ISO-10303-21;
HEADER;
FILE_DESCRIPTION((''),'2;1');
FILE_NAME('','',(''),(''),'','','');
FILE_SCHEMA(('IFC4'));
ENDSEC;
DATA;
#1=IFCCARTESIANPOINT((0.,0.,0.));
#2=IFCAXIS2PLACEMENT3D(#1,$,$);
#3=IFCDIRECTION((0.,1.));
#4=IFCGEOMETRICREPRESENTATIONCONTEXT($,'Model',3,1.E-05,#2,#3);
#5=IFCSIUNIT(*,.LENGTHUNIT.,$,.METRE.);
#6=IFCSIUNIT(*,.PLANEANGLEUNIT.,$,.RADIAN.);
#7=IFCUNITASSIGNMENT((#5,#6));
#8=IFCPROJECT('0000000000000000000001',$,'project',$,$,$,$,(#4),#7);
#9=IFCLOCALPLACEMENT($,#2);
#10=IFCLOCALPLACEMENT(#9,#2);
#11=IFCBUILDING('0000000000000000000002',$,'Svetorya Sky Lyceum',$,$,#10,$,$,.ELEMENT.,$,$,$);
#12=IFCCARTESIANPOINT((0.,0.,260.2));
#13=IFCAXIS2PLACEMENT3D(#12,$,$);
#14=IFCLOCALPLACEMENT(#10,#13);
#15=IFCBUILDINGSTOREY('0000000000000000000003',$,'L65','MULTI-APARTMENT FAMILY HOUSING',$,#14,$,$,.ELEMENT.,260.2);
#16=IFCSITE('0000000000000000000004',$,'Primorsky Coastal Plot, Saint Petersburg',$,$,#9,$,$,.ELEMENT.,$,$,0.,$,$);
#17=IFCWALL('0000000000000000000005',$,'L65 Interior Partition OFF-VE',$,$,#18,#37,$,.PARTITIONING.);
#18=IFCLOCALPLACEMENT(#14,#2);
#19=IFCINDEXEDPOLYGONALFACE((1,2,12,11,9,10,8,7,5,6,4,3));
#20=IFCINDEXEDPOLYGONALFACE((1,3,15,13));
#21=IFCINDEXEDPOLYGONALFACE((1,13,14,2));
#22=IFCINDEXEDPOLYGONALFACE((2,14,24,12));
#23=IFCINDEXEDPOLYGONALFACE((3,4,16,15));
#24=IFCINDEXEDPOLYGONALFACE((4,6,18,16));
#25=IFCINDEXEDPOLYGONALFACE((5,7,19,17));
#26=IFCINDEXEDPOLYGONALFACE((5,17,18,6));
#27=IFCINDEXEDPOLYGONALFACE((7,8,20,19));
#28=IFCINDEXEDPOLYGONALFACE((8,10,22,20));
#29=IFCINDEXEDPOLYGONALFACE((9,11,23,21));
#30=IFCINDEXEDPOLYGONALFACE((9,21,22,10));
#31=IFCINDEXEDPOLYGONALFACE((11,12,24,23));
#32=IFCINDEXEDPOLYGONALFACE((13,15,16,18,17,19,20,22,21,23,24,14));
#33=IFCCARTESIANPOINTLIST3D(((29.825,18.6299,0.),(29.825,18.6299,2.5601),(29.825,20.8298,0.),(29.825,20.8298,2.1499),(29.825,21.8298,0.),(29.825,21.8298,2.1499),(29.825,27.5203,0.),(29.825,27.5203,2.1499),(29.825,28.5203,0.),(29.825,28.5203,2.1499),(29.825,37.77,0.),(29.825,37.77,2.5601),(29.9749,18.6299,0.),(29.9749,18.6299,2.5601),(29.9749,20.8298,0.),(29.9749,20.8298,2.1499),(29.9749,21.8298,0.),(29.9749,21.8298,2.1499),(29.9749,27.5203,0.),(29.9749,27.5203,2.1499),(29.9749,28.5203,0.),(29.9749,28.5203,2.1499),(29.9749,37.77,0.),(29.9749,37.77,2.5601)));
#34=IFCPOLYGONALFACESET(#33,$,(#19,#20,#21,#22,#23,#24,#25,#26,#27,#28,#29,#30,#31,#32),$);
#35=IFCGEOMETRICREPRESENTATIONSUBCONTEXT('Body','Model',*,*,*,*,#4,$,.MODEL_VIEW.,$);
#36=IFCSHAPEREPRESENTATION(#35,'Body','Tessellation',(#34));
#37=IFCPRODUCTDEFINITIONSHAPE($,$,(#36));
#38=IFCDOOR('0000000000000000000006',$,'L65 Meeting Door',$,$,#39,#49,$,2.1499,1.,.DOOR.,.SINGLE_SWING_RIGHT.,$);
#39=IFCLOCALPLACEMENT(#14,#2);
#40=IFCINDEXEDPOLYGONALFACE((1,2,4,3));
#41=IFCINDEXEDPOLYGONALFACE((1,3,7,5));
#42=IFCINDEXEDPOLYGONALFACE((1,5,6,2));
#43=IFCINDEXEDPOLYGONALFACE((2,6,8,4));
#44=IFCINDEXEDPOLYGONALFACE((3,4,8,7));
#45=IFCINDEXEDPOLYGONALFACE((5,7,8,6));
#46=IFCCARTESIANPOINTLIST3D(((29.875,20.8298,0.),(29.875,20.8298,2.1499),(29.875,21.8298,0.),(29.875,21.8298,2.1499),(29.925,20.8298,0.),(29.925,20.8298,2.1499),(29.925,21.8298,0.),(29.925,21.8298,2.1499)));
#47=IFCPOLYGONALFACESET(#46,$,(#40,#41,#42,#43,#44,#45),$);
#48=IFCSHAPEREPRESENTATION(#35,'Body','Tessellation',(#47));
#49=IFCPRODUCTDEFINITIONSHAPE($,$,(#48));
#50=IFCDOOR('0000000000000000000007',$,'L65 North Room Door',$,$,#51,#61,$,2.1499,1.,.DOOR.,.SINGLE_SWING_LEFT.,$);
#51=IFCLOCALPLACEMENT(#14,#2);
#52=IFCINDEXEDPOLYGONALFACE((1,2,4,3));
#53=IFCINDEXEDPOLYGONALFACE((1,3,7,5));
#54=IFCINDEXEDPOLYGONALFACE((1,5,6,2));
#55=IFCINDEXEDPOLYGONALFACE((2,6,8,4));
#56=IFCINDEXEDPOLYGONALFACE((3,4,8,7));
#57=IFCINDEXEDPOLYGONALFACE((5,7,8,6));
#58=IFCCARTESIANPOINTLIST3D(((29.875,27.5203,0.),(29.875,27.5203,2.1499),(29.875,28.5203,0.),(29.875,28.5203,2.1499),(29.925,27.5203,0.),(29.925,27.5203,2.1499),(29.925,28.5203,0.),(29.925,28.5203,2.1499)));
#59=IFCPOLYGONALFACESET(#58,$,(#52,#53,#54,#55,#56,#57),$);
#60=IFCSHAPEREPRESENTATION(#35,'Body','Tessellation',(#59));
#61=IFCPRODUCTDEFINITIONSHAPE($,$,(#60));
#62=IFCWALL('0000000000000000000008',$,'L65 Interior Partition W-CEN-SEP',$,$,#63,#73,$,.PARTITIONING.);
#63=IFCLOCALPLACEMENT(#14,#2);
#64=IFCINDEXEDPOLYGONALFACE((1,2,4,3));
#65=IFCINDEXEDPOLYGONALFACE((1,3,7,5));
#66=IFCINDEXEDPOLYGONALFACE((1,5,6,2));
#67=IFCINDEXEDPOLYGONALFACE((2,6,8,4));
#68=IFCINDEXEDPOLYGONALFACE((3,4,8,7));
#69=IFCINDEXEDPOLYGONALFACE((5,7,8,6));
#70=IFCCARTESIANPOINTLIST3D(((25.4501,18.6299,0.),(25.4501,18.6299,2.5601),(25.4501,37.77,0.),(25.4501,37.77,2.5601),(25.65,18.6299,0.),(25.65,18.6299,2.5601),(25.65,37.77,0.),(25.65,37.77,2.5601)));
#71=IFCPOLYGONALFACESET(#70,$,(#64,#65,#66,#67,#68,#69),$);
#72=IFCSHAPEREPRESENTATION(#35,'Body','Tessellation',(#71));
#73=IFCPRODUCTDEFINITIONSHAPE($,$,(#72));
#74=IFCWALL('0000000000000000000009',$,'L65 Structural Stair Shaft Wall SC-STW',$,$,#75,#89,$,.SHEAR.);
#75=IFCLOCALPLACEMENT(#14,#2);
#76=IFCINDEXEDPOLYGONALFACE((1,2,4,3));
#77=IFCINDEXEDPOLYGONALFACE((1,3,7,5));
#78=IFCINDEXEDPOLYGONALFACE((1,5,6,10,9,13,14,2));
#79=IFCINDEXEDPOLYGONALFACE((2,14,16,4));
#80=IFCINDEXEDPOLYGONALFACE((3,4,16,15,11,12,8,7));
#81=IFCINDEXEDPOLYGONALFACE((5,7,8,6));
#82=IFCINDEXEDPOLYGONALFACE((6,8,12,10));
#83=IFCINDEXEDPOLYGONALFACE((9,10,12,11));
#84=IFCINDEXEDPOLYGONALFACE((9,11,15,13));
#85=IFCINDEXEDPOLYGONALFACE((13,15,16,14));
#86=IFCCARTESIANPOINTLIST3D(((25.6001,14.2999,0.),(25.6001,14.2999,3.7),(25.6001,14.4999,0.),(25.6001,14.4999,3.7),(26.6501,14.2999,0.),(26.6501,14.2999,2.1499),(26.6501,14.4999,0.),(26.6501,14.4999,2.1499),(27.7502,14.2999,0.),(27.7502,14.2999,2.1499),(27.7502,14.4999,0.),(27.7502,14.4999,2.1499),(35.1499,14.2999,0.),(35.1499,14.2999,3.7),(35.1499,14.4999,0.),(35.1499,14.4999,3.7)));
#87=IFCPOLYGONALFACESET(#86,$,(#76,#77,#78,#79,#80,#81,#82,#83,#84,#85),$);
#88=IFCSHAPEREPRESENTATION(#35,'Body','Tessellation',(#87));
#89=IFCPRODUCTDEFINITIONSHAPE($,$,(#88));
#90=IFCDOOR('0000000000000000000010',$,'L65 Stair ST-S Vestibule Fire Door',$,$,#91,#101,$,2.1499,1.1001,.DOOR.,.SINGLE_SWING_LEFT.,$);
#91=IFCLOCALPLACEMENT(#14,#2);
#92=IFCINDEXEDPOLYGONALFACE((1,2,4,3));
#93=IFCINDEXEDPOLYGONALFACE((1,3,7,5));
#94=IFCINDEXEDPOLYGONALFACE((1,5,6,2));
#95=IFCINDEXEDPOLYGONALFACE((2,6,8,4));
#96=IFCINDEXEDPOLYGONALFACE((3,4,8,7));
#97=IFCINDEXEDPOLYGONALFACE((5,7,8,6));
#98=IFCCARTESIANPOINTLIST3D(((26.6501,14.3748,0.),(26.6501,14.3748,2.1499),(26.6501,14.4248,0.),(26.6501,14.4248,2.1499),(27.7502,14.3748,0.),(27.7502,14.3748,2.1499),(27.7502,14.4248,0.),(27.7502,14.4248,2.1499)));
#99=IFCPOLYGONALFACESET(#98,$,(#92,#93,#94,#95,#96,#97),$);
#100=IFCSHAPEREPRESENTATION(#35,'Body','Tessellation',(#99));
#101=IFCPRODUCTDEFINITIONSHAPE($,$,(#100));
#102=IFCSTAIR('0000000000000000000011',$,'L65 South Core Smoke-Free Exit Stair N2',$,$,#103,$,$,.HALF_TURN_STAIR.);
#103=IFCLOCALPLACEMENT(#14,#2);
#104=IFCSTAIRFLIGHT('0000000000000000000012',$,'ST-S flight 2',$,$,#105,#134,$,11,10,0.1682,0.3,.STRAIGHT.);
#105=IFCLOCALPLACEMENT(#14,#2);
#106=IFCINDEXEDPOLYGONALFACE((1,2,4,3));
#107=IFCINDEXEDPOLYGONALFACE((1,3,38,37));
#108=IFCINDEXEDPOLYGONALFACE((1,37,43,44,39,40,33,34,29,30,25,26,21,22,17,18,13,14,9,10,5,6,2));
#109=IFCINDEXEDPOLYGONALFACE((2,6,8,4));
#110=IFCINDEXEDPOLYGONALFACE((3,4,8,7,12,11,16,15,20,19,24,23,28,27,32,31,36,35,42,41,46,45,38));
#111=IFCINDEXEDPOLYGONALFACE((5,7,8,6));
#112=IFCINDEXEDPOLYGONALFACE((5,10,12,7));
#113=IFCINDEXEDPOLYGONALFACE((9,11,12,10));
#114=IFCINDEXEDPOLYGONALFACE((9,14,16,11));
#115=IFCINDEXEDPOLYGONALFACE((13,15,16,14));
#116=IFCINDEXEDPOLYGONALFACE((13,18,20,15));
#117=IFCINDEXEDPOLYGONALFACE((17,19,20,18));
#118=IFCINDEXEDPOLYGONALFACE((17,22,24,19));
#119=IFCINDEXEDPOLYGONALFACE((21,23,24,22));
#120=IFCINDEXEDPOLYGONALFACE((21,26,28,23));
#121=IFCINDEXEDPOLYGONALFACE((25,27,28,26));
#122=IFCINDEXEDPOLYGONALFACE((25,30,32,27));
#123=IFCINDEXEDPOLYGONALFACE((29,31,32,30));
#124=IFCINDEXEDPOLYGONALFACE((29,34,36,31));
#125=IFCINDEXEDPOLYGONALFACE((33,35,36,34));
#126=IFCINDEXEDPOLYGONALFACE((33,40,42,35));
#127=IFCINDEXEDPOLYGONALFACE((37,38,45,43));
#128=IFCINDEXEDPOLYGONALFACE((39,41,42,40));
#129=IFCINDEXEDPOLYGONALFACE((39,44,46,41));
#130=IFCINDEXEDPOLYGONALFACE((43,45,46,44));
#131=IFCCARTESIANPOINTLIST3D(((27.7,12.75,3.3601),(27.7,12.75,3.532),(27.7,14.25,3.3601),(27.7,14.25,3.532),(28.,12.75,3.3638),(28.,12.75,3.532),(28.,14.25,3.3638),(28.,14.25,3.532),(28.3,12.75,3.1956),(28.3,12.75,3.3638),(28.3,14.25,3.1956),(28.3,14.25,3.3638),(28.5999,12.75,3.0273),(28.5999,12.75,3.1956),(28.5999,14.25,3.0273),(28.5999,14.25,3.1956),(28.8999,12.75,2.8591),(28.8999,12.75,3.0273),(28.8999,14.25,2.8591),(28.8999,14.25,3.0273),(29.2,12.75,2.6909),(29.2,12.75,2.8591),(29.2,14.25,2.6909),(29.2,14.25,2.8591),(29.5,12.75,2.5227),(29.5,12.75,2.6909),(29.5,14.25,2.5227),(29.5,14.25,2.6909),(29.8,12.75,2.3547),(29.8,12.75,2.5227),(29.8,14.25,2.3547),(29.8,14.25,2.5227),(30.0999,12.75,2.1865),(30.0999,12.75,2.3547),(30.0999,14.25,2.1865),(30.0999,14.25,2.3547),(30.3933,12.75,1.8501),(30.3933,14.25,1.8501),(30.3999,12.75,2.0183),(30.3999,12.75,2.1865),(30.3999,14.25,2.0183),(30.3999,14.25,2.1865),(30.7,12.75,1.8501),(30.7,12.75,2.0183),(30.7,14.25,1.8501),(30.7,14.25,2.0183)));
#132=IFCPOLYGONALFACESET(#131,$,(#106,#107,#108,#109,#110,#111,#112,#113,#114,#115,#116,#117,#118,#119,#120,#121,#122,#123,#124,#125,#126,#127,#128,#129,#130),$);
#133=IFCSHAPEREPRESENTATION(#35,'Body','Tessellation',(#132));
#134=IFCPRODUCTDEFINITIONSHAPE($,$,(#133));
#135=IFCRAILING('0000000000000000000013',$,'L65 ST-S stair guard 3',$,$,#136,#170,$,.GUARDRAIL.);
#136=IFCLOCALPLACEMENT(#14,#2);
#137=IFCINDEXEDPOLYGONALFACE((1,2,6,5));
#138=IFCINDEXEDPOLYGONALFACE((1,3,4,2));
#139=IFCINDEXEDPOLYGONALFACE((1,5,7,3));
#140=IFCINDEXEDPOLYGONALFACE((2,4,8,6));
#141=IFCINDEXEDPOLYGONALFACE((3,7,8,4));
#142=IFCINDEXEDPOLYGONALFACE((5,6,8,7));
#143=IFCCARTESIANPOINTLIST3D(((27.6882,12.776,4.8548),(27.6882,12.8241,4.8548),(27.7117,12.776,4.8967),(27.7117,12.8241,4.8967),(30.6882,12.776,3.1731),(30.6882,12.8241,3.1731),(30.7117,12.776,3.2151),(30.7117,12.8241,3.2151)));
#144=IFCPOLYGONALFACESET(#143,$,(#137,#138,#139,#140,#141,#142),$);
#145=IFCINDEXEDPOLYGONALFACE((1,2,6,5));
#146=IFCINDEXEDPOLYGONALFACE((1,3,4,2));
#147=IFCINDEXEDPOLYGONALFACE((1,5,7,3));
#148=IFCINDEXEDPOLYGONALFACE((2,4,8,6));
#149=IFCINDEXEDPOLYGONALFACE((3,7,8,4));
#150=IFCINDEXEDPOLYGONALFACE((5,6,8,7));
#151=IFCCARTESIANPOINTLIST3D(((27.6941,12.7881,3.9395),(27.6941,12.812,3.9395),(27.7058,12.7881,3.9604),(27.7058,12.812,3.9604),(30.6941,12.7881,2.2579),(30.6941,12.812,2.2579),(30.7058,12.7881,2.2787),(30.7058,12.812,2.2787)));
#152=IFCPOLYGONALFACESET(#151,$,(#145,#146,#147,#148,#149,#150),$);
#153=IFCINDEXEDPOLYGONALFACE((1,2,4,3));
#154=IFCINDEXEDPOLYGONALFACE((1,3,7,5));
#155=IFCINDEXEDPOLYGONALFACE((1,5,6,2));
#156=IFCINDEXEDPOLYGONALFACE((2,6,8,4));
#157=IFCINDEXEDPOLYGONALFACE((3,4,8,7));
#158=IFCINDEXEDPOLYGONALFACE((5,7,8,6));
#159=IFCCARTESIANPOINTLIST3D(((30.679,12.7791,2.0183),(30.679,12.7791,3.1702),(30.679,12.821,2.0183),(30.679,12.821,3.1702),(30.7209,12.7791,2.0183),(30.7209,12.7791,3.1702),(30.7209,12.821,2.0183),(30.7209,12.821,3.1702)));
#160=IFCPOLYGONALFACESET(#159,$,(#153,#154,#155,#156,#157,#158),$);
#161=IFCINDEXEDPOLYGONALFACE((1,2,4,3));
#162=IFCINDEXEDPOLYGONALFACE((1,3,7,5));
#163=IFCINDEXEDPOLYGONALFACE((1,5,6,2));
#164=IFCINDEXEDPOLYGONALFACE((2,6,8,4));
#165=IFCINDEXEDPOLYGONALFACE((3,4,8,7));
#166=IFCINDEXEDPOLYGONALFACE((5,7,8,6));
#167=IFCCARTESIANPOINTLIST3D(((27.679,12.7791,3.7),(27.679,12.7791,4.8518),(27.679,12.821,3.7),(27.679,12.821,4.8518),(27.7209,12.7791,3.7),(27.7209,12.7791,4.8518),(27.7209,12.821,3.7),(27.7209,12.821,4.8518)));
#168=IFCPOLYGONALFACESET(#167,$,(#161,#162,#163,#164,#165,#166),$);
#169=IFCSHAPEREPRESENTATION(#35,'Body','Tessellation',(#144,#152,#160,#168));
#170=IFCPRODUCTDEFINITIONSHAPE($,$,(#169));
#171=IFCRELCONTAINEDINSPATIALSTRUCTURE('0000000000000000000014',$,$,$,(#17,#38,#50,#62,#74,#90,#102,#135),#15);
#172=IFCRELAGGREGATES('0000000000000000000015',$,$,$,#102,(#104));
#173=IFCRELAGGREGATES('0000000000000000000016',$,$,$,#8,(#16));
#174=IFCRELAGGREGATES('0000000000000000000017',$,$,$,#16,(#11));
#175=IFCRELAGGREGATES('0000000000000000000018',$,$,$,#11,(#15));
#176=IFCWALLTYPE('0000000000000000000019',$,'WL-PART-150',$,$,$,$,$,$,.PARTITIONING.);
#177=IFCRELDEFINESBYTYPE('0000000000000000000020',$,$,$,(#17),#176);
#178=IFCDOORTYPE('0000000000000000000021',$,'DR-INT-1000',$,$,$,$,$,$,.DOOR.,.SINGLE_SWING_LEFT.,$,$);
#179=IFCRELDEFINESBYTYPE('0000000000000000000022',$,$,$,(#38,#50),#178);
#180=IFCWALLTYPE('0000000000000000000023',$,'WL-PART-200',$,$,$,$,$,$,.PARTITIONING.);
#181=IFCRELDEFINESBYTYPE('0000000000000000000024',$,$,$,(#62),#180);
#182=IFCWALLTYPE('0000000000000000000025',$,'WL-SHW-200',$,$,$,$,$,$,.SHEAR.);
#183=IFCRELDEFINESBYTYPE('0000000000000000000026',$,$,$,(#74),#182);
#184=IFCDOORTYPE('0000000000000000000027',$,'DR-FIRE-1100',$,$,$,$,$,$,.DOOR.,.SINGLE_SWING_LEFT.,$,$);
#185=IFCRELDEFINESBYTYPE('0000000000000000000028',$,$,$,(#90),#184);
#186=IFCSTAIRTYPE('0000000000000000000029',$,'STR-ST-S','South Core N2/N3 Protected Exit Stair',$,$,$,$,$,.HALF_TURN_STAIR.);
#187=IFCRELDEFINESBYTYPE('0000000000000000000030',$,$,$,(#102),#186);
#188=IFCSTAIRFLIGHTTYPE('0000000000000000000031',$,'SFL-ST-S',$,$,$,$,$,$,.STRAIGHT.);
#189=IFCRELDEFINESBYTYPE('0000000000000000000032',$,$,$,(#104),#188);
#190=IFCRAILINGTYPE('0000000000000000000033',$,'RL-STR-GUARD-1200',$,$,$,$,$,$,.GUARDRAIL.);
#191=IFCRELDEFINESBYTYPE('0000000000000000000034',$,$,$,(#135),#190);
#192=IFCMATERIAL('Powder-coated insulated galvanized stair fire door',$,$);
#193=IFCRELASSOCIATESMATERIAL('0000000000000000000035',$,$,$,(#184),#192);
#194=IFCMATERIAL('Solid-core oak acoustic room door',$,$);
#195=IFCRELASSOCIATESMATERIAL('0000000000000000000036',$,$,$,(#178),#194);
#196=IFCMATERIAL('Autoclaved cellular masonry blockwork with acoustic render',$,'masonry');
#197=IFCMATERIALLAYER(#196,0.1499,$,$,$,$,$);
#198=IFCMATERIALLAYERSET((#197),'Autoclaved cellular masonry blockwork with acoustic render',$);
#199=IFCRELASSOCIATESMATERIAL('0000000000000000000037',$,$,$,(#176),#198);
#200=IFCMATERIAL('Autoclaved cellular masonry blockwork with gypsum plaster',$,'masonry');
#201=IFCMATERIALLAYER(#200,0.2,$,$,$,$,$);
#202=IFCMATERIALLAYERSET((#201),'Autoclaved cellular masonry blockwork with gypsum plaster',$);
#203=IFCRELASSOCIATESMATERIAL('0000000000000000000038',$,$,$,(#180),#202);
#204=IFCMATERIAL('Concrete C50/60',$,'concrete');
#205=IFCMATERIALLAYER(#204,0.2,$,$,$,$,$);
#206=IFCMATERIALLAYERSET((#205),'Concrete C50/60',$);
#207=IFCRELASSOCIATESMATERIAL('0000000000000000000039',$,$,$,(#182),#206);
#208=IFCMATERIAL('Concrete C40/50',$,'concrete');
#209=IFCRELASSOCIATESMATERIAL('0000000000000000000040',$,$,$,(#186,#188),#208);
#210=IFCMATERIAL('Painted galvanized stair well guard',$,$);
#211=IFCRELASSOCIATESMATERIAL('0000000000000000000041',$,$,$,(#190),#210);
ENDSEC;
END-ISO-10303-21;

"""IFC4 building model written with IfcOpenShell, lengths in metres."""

from ifc_helpers import new_model, si_unit, direction, frame, frame_2d, origin, origin_2d, place, context, subcontext, project, spatial, polyline, rectangle, outline, extrude, material, layer, layer_set, type_object, element, fill, aggregate, save


model = new_model("IFC4")

# Units and contexts
model_context = context("Model", 3, precision=1e-05, world=origin(), true_north=direction((0.0, 1.0)))
body_context = subcontext(model_context, "Body", "Model", "MODEL_VIEW")
ifc_project = project(units=[si_unit("LENGTHUNIT", "METRE"), si_unit("PLANEANGLEUNIT", "RADIAN")], contexts=[model_context])

# Site, building, storey
site_placement = place(None, origin())
site = spatial("IfcSite", under=ifc_project, at=site_placement, Name="Primorsky Coastal Plot, Saint Petersburg", CompositionType="ELEMENT", RefElevation=0.0)
building_placement = place(site_placement, origin())
building = spatial("IfcBuilding", under=site, at=building_placement, Name="Svetorya Sky Lyceum", CompositionType="ELEMENT")
storey_placement = place(building_placement, frame((0.0, 0.0, 260.2)))
storey = spatial("IfcBuildingStorey", under=building, at=storey_placement, Name="L65", Description="MULTI-APARTMENT FAMILY HOUSING", CompositionType="ELEMENT", Elevation=260.2)

# Shared definitions
ifc_material_1 = material(Name="Concrete C40/50", Category="concrete")

# Shared definitions
ifc_material_2 = material(Name="Concrete C50/60", Category="concrete")
ifc_material_3 = material(Name="Powder-coated insulated galvanized stair fire door")
door_type_1 = type_object("IfcDoorType", Name="DR-FIRE-1100", OperationType="SINGLE_SWING_LEFT", PredefinedType="DOOR", material=ifc_material_3)
ifc_material_4 = material(Name="Solid-core oak acoustic room door")
door_type_2 = type_object("IfcDoorType", Name="DR-INT-1000", OperationType="SINGLE_SWING_LEFT", PredefinedType="DOOR", material=ifc_material_4)

# Shared definitions
ifc_material_5 = material(Name="Autoclaved cellular masonry blockwork with acoustic render", Category="masonry")
ifc_layer_1 = layer(ifc_material_5, 0.1499)
ifc_layer_set_1 = layer_set([ifc_layer_1], Name="Autoclaved cellular masonry blockwork with acoustic render")
wall_type_1 = type_object("IfcWallType", Name="WL-PART-150", PredefinedType="PARTITIONING", material=ifc_layer_set_1)

# Wall, openings, doors
wall_1_placement = place(storey_placement, frame((29.8999, 18.6299, 0.0), z_axis=(0.0, 0.0, 1.0), x_axis=(0.0, 1.0, 0.0)))
wall_1 = element("IfcWall", 1, at=wall_1_placement, inside=storey, type_object=wall_type_1, Name="L65 Interior Partition OFF-VE", PredefinedType="PARTITIONING", context=body_context, shape_type="SweptSolid", body=[
    extrude(rectangle(XDim=19.1401, YDim=0.1499, at=frame_2d((9.5701, 0.0))), origin(), (0.0, 0.0, 1.0), 2.5601),
])
opening_1_placement = place(wall_1_placement, frame((2.2, 0.0, 0.0)))
opening_1 = element("IfcOpeningElement", 2, at=opening_1_placement, cuts=wall_1, PredefinedType="OPENING", context=body_context, shape_type="SweptSolid", body=[
    extrude(rectangle(XDim=1.0, YDim=2.1499, at=frame_2d((0.5, 1.075))), frame((0.0, 0.085, 0.0), z_axis=(0.0, -1.0, 0.0), x_axis=(1.0, 0.0, 0.0)), (0.0, 0.0, 1.0), 0.1699),
])
opening_2_placement = place(wall_1_placement, frame((8.8904, 0.0, 0.0)))
opening_2 = element("IfcOpeningElement", 3, at=opening_2_placement, cuts=wall_1, PredefinedType="OPENING", context=body_context, shape_type="SweptSolid", body=[
    extrude(rectangle(XDim=1.0, YDim=2.1499, at=frame_2d((0.5, 1.075))), frame((0.0, 0.085, 0.0), z_axis=(0.0, -1.0, 0.0), x_axis=(1.0, 0.0, 0.0)), (0.0, 0.0, 1.0), 0.1699),
])
door_1_placement = place(opening_1_placement, origin())
door_1 = element("IfcDoor", 4, at=door_1_placement, inside=storey, type_object=door_type_2, Name="L65 Meeting Door", OperationType="SINGLE_SWING_RIGHT", OverallHeight=2.1499, OverallWidth=1.0, PredefinedType="DOOR", context=body_context, shape_type="SweptSolid", body=[
    extrude(rectangle(XDim=1.0, YDim=2.1499, at=frame_2d((0.5, 1.075))), frame((0.0, 0.0249, 0.0), z_axis=(0.0, -1.0, 0.0), x_axis=(1.0, 0.0, 0.0)), (0.0, 0.0, 1.0), 0.05),
])
fill(opening_1, door_1)
door_2_placement = place(opening_2_placement, origin())
door_2 = element("IfcDoor", 5, at=door_2_placement, inside=storey, type_object=door_type_2, Name="L65 North Room Door", OperationType="SINGLE_SWING_LEFT", OverallHeight=2.1499, OverallWidth=1.0, PredefinedType="DOOR", context=body_context, shape_type="SweptSolid", body=[
    extrude(rectangle(XDim=1.0, YDim=2.1499, at=frame_2d((0.5, 1.075))), frame((0.0, 0.0249, 0.0), z_axis=(0.0, -1.0, 0.0), x_axis=(1.0, 0.0, 0.0)), (0.0, 0.0, 1.0), 0.05),
])
fill(opening_2, door_2)

# Wall
ifc_material_6 = material(Name="Autoclaved cellular masonry blockwork with gypsum plaster", Category="masonry")
ifc_layer_2 = layer(ifc_material_6, 0.2)
ifc_layer_set_2 = layer_set([ifc_layer_2], Name="Autoclaved cellular masonry blockwork with gypsum plaster")
wall_type_2 = type_object("IfcWallType", Name="WL-PART-200", PredefinedType="PARTITIONING", material=ifc_layer_set_2)
wall_2_placement = place(storey_placement, frame((25.55, 18.6299, 0.0), z_axis=(0.0, 0.0, 1.0), x_axis=(0.0, 1.0, 0.0)))
element("IfcWall", 6, at=wall_2_placement, inside=storey, type_object=wall_type_2, Name="L65 Interior Partition W-CEN-SEP", PredefinedType="PARTITIONING", context=body_context, shape_type="SweptSolid", body=[
    extrude(rectangle(XDim=19.1401, YDim=0.2, at=frame_2d((9.5701, 0.0))), origin(), (0.0, 0.0, 1.0), 2.5601),
])

# Wall, opening, door
ifc_layer_3 = layer(ifc_material_2, 0.2)
ifc_layer_set_3 = layer_set([ifc_layer_3], Name="Concrete C50/60")
wall_type_3 = type_object("IfcWallType", Name="WL-SHW-200", PredefinedType="SHEAR", material=ifc_layer_set_3)
wall_3_placement = place(storey_placement, frame((25.6001, 14.3999, 0.0), z_axis=(0.0, 0.0, 1.0), x_axis=(1.0, 0.0, 0.0)))
wall_3 = element("IfcWall", 7, at=wall_3_placement, inside=storey, type_object=wall_type_3, Name="L65 Structural Stair Shaft Wall SC-STW", PredefinedType="SHEAR", context=body_context, shape_type="SweptSolid", body=[
    extrude(rectangle(XDim=9.5498, YDim=0.2, at=frame_2d((4.7749, 0.0))), origin(), (0.0, 0.0, 1.0), 3.7),
])
opening_3_placement = place(wall_3_placement, frame((1.05, 0.0, 0.0)))
opening_3 = element("IfcOpeningElement", 8, at=opening_3_placement, cuts=wall_3, PredefinedType="OPENING", context=body_context, shape_type="SweptSolid", body=[
    extrude(rectangle(XDim=1.1001, YDim=2.1499, at=frame_2d((0.55, 1.075))), frame((0.0, 0.1099, 0.0), z_axis=(0.0, -1.0, 0.0), x_axis=(1.0, 0.0, 0.0)), (0.0, 0.0, 1.0), 0.22),
])
door_3_placement = place(opening_3_placement, origin())
door_3 = element("IfcDoor", 9, at=door_3_placement, inside=storey, type_object=door_type_1, Name="L65 Stair ST-S Vestibule Fire Door", OperationType="SINGLE_SWING_LEFT", OverallHeight=2.1499, OverallWidth=1.1001, PredefinedType="DOOR", context=body_context, shape_type="SweptSolid", body=[
    extrude(rectangle(XDim=1.1001, YDim=2.1499, at=frame_2d((0.55, 1.075))), frame((0.0, 0.0249, 0.0), z_axis=(0.0, -1.0, 0.0), x_axis=(1.0, 0.0, 0.0)), (0.0, 0.0, 1.0), 0.05),
])
fill(opening_3, door_3)

# Stair, stair flight
stair_type = type_object("IfcStairType", Name="STR-ST-S", Description="South Core N2/N3 Protected Exit Stair", PredefinedType="HALF_TURN_STAIR", material=ifc_material_1)
stair_placement = place(storey_placement, origin())
stair = element("IfcStair", 10, at=stair_placement, inside=storey, type_object=stair_type, Name="L65 South Core Smoke-Free Exit Stair N2", PredefinedType="HALF_TURN_STAIR")
stair_flight_type = type_object("IfcStairFlightType", Name="SFL-ST-S", PredefinedType="STRAIGHT", material=ifc_material_1)
stair_flight_placement = place(storey_placement, frame((30.7, 13.5, 1.8501), z_axis=(0.0, 0.0, 1.0), x_axis=(-1.0, 0.0, 0.0)))
stair_flight = element("IfcStairFlight", 11, at=stair_flight_placement, type_object=stair_flight_type, Name="ST-S flight 2", NumberOfRisers=11, NumberOfTreads=10, PredefinedType="STRAIGHT", RiserHeight=0.1682, TreadLength=0.3, context=body_context, shape_type="SweptSolid", body=[
    extrude(outline(polyline([(0.0, 0.0), (0.0, 0.1682), (0.3, 0.1682), (0.3, 0.3364), (0.6001, 0.3364), (0.6001, 0.5046), (0.8999, 0.5046), (0.8999, 0.6726), (1.2, 0.6726), (1.2, 0.8408), (1.5, 0.8408), (1.5, 1.009), (1.8, 1.009), (1.8, 1.1772), (2.1001, 1.1772), (2.1001, 1.3455), (2.3999, 1.3455), (2.3999, 1.5137), (2.7, 1.5137), (2.7, 1.6819), (3.0, 1.6819), (3.0, 1.8501), (3.0, 1.51), (0.3066, 0.0), (0.0, 0.0)])), frame((0.0, 0.75, 0.0), z_axis=(0.0, -1.0, 0.0), x_axis=(1.0, 0.0, 0.0)), (0.0, 0.0, 1.0), 1.5),
])
aggregate(stair, [stair_flight])

# Railing
ifc_material_7 = material(Name="Painted galvanized stair well guard")
railing_type_1 = type_object("IfcRailingType", Name="RL-STR-GUARD-1200", PredefinedType="GUARDRAIL", material=ifc_material_7)
railing_1_placement = place(storey_placement, frame((30.7, 12.8, 2.0183)))
element("IfcRailing", 12, at=railing_1_placement, inside=storey, type_object=railing_type_1, Name="L65 ST-S stair guard 3", PredefinedType="GUARDRAIL", context=body_context, shape_type="SweptSolid", body=[
    extrude(rectangle(XDim=0.0481, YDim=0.0481, at=origin_2d()), frame((0.0, 0.0, 1.1758), z_axis=(-0.872303, 0.0, 0.488966), x_axis=(0.0, -1.0, 0.0)), (0.0, 0.0, 1.0), 3.4392),
    extrude(rectangle(XDim=0.0239, YDim=0.0239, at=origin_2d()), frame((0.0, 0.0, 0.25), z_axis=(-0.872303, 0.0, 0.488966), x_axis=(0.0, -1.0, 0.0)), (0.0, 0.0, 1.0), 3.4392),
    extrude(rectangle(XDim=0.042, YDim=0.042, at=origin_2d()), origin(), (0.0, 0.0, 1.0), 1.1519),
    extrude(rectangle(XDim=0.042, YDim=0.042, at=origin_2d()), frame((-3.0, 0.0, 1.6816)), (0.0, 0.0, 1.0), 1.1519),
])

save(model, "model.ifc")
